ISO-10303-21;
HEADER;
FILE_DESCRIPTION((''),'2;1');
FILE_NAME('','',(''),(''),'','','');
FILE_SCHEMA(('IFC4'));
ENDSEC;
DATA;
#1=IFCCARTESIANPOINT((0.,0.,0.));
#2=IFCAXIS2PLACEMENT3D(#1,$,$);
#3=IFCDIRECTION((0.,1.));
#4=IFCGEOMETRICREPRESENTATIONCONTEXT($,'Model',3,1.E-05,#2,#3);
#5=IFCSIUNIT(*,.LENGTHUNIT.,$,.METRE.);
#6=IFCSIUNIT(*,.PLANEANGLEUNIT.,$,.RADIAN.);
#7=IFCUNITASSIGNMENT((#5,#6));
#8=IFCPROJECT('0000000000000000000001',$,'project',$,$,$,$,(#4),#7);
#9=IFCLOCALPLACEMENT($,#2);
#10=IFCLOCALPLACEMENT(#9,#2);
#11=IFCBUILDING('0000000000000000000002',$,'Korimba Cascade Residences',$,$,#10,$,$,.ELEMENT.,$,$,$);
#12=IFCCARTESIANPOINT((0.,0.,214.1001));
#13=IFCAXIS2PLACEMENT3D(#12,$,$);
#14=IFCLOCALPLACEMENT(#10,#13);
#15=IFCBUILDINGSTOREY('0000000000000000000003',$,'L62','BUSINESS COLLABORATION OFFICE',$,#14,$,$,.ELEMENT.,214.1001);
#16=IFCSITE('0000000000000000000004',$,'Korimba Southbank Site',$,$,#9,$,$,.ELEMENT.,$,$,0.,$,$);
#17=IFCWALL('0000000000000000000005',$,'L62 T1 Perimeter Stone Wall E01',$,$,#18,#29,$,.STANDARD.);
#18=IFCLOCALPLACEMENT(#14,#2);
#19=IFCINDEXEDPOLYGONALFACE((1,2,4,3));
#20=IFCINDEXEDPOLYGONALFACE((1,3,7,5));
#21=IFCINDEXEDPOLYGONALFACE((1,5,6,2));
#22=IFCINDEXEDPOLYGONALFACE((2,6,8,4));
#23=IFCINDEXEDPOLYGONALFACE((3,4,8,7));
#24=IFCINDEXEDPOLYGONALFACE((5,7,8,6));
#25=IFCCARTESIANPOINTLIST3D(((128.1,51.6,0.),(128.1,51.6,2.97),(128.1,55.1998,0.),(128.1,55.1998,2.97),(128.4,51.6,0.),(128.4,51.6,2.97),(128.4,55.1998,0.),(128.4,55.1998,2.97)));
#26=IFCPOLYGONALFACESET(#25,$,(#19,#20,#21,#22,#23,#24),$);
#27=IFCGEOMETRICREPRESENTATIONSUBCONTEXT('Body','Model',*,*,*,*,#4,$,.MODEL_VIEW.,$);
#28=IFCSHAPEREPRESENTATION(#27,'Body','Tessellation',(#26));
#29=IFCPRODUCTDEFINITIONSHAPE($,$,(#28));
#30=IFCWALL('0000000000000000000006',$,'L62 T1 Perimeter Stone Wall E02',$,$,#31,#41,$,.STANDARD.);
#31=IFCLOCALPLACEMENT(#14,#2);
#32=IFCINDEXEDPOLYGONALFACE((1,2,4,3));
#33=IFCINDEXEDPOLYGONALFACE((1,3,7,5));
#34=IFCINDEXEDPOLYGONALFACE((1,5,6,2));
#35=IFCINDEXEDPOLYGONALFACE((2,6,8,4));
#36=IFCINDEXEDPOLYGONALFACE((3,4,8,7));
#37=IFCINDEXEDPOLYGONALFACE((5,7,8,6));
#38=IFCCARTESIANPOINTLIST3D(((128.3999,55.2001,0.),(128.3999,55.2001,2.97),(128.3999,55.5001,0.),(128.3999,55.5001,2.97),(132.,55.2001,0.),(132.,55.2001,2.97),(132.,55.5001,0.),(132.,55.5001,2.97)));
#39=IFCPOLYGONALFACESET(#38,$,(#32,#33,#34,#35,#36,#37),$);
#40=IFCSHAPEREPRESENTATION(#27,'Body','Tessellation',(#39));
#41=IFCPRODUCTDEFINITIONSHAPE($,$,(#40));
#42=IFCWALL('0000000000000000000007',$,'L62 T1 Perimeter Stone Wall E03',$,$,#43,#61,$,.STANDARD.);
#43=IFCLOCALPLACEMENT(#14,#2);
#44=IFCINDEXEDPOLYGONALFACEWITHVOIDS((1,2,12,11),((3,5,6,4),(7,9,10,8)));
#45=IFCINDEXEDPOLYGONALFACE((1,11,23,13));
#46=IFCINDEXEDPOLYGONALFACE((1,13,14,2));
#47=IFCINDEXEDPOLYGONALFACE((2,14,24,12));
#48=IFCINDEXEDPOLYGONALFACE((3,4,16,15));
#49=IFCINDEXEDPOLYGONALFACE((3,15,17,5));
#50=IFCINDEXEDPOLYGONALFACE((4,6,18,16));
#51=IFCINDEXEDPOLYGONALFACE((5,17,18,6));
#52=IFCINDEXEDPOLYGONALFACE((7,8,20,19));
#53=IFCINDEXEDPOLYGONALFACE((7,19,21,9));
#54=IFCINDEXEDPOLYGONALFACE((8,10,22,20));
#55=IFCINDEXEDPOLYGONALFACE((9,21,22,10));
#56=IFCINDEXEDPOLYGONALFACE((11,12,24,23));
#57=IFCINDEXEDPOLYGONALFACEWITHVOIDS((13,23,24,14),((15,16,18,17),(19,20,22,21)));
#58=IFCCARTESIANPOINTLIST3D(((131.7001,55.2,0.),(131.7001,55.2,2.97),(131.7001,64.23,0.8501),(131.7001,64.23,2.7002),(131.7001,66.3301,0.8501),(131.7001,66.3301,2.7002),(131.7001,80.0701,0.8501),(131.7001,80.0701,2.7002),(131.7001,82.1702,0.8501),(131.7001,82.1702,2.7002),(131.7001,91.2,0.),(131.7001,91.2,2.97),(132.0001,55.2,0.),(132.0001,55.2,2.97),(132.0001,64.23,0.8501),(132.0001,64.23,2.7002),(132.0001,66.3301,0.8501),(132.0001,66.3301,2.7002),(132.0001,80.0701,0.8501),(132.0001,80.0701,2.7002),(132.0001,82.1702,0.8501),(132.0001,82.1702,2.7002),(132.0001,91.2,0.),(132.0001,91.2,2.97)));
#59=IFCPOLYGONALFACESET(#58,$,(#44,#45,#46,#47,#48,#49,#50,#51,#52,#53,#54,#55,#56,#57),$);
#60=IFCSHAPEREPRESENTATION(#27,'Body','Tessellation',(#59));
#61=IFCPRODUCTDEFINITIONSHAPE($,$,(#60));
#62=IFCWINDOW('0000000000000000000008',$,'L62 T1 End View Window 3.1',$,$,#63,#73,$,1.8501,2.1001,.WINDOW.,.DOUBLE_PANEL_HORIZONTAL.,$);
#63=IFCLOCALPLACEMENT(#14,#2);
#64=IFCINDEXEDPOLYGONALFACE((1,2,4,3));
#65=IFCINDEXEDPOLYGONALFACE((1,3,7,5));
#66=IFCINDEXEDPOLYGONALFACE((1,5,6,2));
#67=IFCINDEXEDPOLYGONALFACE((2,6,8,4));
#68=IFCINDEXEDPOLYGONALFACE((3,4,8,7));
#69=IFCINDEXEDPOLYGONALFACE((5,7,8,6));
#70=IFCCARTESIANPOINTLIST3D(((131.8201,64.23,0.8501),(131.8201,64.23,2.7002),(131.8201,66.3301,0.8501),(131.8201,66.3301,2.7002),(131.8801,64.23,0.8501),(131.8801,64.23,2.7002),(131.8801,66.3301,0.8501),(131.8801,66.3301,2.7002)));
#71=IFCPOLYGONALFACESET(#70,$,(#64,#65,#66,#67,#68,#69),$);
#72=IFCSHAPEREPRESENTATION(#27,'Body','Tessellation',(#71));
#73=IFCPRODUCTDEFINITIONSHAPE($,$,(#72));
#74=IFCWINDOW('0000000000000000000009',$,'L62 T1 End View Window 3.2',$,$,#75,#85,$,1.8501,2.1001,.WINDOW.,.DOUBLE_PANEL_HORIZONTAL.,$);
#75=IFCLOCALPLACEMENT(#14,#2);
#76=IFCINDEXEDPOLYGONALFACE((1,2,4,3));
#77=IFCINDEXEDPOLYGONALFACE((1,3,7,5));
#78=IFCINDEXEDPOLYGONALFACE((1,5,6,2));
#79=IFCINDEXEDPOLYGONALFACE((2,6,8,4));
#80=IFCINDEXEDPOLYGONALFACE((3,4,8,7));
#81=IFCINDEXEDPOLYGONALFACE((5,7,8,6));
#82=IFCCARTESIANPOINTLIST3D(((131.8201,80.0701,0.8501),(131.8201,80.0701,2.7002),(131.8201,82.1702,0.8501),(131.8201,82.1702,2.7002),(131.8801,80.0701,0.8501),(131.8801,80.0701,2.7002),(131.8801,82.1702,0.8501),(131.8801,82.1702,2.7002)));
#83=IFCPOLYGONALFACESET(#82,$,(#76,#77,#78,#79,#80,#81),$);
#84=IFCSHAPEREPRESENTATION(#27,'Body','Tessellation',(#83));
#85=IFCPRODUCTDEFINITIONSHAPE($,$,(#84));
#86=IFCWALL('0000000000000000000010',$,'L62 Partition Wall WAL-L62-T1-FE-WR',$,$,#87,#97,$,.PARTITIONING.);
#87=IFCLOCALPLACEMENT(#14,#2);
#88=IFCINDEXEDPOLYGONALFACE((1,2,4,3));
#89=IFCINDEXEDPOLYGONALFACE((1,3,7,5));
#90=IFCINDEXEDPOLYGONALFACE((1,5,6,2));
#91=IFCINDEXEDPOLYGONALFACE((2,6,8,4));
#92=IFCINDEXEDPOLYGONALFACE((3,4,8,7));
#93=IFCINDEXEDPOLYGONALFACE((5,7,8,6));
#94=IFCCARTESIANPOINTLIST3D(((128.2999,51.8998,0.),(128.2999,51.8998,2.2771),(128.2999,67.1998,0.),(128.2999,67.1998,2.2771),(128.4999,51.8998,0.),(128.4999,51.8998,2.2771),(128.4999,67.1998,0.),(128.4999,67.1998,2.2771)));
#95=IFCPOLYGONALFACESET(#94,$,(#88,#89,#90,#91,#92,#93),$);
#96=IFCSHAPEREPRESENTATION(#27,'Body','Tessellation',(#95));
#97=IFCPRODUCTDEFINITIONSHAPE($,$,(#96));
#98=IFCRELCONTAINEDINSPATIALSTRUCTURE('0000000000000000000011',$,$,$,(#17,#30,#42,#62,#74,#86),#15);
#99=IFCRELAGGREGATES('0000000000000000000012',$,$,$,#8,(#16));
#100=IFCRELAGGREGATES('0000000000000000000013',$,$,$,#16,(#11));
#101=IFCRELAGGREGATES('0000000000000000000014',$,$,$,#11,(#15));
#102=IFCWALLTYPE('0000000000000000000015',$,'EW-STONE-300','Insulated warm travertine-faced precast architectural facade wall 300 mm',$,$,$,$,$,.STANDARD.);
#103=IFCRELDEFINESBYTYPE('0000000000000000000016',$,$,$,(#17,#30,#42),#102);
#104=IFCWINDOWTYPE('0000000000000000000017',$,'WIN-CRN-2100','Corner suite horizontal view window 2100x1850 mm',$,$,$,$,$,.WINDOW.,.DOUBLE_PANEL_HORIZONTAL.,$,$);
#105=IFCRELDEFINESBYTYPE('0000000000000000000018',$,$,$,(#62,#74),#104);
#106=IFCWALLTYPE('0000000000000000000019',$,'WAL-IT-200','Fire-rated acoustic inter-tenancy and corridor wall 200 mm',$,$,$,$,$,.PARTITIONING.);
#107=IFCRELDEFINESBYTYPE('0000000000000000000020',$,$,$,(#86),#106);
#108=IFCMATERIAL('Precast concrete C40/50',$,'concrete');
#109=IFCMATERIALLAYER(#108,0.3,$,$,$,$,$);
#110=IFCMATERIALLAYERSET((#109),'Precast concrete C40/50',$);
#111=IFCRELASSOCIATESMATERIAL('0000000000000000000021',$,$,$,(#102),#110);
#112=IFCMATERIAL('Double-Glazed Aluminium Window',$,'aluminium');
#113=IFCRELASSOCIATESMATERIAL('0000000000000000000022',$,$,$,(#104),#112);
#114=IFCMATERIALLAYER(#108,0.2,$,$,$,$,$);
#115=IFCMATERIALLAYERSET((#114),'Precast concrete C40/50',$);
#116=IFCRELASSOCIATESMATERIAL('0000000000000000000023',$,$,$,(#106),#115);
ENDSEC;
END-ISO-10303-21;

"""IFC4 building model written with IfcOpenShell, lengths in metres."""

from ifc_helpers import new_model, si_unit, direction, frame, frame_2d, origin, place, context, subcontext, project, spatial, rectangle, extrude, material, layer, layer_set, type_object, element, fill, save


model = new_model("IFC4")

# Units and contexts
model_context = context("Model", 3, precision=1e-05, world=origin(), true_north=direction((0.0, 1.0)))
body_context = subcontext(model_context, "Body", "Model", "MODEL_VIEW")
ifc_project = project(units=[si_unit("LENGTHUNIT", "METRE"), si_unit("PLANEANGLEUNIT", "RADIAN")], contexts=[model_context])

# Site, building, storey
site_placement = place(None, origin())
site = spatial("IfcSite", under=ifc_project, at=site_placement, Name="Korimba Southbank Site", CompositionType="ELEMENT", RefElevation=0.0)
building_placement = place(site_placement, origin())
building = spatial("IfcBuilding", under=site, at=building_placement, Name="Korimba Cascade Residences", CompositionType="ELEMENT")
storey_placement = place(building_placement, frame((0.0, 0.0, 214.1001)))
storey = spatial("IfcBuildingStorey", under=building, at=storey_placement, Name="L62", Description="BUSINESS COLLABORATION OFFICE", CompositionType="ELEMENT", Elevation=214.1001)

# Walls
ifc_material_1 = material(Name="Precast concrete C40/50", Category="concrete")
ifc_layer_1 = layer(ifc_material_1, 0.3)
ifc_layer_set_1 = layer_set([ifc_layer_1], Name="Precast concrete C40/50")
wall_type_1 = type_object("IfcWallType", Name="EW-STONE-300", Description="Insulated warm travertine-faced precast architectural facade wall 300 mm", PredefinedType="STANDARD", material=ifc_layer_set_1)
wall_1_placement = place(storey_placement, frame((128.25, 51.6001, 0.0), z_axis=(0.0, 0.0, 1.0), x_axis=(0.0, 1.0, 0.0)))
element("IfcWall", 1, at=wall_1_placement, inside=storey, type_object=wall_type_1, Name="L62 T1 Perimeter Stone Wall E01", PredefinedType="STANDARD", context=body_context, shape_type="SweptSolid", body=[
    extrude(rectangle(XDim=3.5999, YDim=0.3, at=frame_2d((1.7998, 0.0))), origin(), (0.0, 0.0, 1.0), 2.97),
])
wall_2_placement = place(storey_placement, frame((128.3999, 55.3501, 0.0), z_axis=(0.0, 0.0, 1.0), x_axis=(1.0, 0.0, 0.0)))
element("IfcWall", 2, at=wall_2_placement, inside=storey, type_object=wall_type_1, Name="L62 T1 Perimeter Stone Wall E02", PredefinedType="STANDARD", context=body_context, shape_type="SweptSolid", body=[
    extrude(rectangle(XDim=3.6001, YDim=0.3, at=frame_2d((1.8, 0.0))), origin(), (0.0, 0.0, 1.0), 2.97),
])

# Wall, openings, windows
wall_3_placement = place(storey_placement, frame((131.8501, 55.2, 0.0), z_axis=(0.0, 0.0, 1.0), x_axis=(0.0, 1.0, 0.0)))
wall_3 = element("IfcWall", 3, at=wall_3_placement, inside=storey, type_object=wall_type_1, Name="L62 T1 Perimeter Stone Wall E03", PredefinedType="STANDARD", context=body_context, shape_type="SweptSolid", body=[
    extrude(rectangle(XDim=36.0, YDim=0.3, at=frame_2d((18.0, 0.0))), origin(), (0.0, 0.0, 1.0), 2.97),
])
opening_1_placement = place(wall_3_placement, frame((9.03, 0.0, 0.8501)))
opening_1 = element("IfcOpeningElement", 4, at=opening_1_placement, cuts=wall_3, PredefinedType="OPENING", context=body_context, shape_type="SweptSolid", body=[
    extrude(rectangle(XDim=2.1001, YDim=1.8501, at=frame_2d((1.05, 0.925))), frame((0.0, 0.1602, 0.0), z_axis=(0.0, -1.0, 0.0), x_axis=(1.0, 0.0, 0.0)), (0.0, 0.0, 1.0), 0.3201),
])
opening_2_placement = place(wall_3_placement, frame((24.8701, 0.0, 0.8501)))
opening_2 = element("IfcOpeningElement", 5, at=opening_2_placement, cuts=wall_3, PredefinedType="OPENING", context=body_context, shape_type="SweptSolid", body=[
    extrude(rectangle(XDim=2.1001, YDim=1.8501, at=frame_2d((1.05, 0.925))), frame((0.0, 0.1602, 0.0), z_axis=(0.0, -1.0, 0.0), x_axis=(1.0, 0.0, 0.0)), (0.0, 0.0, 1.0), 0.3201),
])
ifc_material_2 = material(Name="Double-Glazed Aluminium Window", Category="aluminium")
window_type = type_object("IfcWindowType", Name="WIN-CRN-2100", Description="Corner suite horizontal view window 2100x1850 mm", PartitioningType="DOUBLE_PANEL_HORIZONTAL", PredefinedType="WINDOW", material=ifc_material_2)
window_1_placement = place(opening_1_placement, origin())
window_1 = element("IfcWindow", 6, at=window_1_placement, inside=storey, type_object=window_type, Name="L62 T1 End View Window 3.1", OverallHeight=1.8501, OverallWidth=2.1001, PartitioningType="DOUBLE_PANEL_HORIZONTAL", PredefinedType="WINDOW", context=body_context, shape_type="SweptSolid", body=[
    extrude(rectangle(XDim=2.1001, YDim=1.8501, at=frame_2d((1.05, 0.925))), frame((0.0, 0.03, 0.0), z_axis=(0.0, -1.0, 0.0), x_axis=(1.0, 0.0, 0.0)), (0.0, 0.0, 1.0), 0.0601),
])
fill(opening_1, window_1)
window_2_placement = place(opening_2_placement, origin())
window_2 = element("IfcWindow", 7, at=window_2_placement, inside=storey, type_object=window_type, Name="L62 T1 End View Window 3.2", OverallHeight=1.8501, OverallWidth=2.1001, PartitioningType="DOUBLE_PANEL_HORIZONTAL", PredefinedType="WINDOW", context=body_context, shape_type="SweptSolid", body=[
    extrude(rectangle(XDim=2.1001, YDim=1.8501, at=frame_2d((1.05, 0.925))), frame((0.0, 0.03, 0.0), z_axis=(0.0, -1.0, 0.0), x_axis=(1.0, 0.0, 0.0)), (0.0, 0.0, 1.0), 0.0601),
])
fill(opening_2, window_2)

# Wall
ifc_layer_2 = layer(ifc_material_1, 0.2)
ifc_layer_set_2 = layer_set([ifc_layer_2], Name="Precast concrete C40/50")
wall_type_2 = type_object("IfcWallType", Name="WAL-IT-200", Description="Fire-rated acoustic inter-tenancy and corridor wall 200 mm", PredefinedType="PARTITIONING", material=ifc_layer_set_2)
wall_4_placement = place(storey_placement, frame((128.3999, 51.8999, 0.0), z_axis=(0.0, 0.0, 1.0), x_axis=(0.0, 1.0, 0.0)))
element("IfcWall", 8, at=wall_4_placement, inside=storey, type_object=wall_type_2, Name="L62 Partition Wall WAL-L62-T1-FE-WR", PredefinedType="PARTITIONING", context=body_context, shape_type="SweptSolid", body=[
    extrude(rectangle(XDim=15.3, YDim=0.2, at=frame_2d((7.6499, 0.0))), origin(), (0.0, 0.0, 1.0), 2.2771),
])

save(model, "model.ifc")
